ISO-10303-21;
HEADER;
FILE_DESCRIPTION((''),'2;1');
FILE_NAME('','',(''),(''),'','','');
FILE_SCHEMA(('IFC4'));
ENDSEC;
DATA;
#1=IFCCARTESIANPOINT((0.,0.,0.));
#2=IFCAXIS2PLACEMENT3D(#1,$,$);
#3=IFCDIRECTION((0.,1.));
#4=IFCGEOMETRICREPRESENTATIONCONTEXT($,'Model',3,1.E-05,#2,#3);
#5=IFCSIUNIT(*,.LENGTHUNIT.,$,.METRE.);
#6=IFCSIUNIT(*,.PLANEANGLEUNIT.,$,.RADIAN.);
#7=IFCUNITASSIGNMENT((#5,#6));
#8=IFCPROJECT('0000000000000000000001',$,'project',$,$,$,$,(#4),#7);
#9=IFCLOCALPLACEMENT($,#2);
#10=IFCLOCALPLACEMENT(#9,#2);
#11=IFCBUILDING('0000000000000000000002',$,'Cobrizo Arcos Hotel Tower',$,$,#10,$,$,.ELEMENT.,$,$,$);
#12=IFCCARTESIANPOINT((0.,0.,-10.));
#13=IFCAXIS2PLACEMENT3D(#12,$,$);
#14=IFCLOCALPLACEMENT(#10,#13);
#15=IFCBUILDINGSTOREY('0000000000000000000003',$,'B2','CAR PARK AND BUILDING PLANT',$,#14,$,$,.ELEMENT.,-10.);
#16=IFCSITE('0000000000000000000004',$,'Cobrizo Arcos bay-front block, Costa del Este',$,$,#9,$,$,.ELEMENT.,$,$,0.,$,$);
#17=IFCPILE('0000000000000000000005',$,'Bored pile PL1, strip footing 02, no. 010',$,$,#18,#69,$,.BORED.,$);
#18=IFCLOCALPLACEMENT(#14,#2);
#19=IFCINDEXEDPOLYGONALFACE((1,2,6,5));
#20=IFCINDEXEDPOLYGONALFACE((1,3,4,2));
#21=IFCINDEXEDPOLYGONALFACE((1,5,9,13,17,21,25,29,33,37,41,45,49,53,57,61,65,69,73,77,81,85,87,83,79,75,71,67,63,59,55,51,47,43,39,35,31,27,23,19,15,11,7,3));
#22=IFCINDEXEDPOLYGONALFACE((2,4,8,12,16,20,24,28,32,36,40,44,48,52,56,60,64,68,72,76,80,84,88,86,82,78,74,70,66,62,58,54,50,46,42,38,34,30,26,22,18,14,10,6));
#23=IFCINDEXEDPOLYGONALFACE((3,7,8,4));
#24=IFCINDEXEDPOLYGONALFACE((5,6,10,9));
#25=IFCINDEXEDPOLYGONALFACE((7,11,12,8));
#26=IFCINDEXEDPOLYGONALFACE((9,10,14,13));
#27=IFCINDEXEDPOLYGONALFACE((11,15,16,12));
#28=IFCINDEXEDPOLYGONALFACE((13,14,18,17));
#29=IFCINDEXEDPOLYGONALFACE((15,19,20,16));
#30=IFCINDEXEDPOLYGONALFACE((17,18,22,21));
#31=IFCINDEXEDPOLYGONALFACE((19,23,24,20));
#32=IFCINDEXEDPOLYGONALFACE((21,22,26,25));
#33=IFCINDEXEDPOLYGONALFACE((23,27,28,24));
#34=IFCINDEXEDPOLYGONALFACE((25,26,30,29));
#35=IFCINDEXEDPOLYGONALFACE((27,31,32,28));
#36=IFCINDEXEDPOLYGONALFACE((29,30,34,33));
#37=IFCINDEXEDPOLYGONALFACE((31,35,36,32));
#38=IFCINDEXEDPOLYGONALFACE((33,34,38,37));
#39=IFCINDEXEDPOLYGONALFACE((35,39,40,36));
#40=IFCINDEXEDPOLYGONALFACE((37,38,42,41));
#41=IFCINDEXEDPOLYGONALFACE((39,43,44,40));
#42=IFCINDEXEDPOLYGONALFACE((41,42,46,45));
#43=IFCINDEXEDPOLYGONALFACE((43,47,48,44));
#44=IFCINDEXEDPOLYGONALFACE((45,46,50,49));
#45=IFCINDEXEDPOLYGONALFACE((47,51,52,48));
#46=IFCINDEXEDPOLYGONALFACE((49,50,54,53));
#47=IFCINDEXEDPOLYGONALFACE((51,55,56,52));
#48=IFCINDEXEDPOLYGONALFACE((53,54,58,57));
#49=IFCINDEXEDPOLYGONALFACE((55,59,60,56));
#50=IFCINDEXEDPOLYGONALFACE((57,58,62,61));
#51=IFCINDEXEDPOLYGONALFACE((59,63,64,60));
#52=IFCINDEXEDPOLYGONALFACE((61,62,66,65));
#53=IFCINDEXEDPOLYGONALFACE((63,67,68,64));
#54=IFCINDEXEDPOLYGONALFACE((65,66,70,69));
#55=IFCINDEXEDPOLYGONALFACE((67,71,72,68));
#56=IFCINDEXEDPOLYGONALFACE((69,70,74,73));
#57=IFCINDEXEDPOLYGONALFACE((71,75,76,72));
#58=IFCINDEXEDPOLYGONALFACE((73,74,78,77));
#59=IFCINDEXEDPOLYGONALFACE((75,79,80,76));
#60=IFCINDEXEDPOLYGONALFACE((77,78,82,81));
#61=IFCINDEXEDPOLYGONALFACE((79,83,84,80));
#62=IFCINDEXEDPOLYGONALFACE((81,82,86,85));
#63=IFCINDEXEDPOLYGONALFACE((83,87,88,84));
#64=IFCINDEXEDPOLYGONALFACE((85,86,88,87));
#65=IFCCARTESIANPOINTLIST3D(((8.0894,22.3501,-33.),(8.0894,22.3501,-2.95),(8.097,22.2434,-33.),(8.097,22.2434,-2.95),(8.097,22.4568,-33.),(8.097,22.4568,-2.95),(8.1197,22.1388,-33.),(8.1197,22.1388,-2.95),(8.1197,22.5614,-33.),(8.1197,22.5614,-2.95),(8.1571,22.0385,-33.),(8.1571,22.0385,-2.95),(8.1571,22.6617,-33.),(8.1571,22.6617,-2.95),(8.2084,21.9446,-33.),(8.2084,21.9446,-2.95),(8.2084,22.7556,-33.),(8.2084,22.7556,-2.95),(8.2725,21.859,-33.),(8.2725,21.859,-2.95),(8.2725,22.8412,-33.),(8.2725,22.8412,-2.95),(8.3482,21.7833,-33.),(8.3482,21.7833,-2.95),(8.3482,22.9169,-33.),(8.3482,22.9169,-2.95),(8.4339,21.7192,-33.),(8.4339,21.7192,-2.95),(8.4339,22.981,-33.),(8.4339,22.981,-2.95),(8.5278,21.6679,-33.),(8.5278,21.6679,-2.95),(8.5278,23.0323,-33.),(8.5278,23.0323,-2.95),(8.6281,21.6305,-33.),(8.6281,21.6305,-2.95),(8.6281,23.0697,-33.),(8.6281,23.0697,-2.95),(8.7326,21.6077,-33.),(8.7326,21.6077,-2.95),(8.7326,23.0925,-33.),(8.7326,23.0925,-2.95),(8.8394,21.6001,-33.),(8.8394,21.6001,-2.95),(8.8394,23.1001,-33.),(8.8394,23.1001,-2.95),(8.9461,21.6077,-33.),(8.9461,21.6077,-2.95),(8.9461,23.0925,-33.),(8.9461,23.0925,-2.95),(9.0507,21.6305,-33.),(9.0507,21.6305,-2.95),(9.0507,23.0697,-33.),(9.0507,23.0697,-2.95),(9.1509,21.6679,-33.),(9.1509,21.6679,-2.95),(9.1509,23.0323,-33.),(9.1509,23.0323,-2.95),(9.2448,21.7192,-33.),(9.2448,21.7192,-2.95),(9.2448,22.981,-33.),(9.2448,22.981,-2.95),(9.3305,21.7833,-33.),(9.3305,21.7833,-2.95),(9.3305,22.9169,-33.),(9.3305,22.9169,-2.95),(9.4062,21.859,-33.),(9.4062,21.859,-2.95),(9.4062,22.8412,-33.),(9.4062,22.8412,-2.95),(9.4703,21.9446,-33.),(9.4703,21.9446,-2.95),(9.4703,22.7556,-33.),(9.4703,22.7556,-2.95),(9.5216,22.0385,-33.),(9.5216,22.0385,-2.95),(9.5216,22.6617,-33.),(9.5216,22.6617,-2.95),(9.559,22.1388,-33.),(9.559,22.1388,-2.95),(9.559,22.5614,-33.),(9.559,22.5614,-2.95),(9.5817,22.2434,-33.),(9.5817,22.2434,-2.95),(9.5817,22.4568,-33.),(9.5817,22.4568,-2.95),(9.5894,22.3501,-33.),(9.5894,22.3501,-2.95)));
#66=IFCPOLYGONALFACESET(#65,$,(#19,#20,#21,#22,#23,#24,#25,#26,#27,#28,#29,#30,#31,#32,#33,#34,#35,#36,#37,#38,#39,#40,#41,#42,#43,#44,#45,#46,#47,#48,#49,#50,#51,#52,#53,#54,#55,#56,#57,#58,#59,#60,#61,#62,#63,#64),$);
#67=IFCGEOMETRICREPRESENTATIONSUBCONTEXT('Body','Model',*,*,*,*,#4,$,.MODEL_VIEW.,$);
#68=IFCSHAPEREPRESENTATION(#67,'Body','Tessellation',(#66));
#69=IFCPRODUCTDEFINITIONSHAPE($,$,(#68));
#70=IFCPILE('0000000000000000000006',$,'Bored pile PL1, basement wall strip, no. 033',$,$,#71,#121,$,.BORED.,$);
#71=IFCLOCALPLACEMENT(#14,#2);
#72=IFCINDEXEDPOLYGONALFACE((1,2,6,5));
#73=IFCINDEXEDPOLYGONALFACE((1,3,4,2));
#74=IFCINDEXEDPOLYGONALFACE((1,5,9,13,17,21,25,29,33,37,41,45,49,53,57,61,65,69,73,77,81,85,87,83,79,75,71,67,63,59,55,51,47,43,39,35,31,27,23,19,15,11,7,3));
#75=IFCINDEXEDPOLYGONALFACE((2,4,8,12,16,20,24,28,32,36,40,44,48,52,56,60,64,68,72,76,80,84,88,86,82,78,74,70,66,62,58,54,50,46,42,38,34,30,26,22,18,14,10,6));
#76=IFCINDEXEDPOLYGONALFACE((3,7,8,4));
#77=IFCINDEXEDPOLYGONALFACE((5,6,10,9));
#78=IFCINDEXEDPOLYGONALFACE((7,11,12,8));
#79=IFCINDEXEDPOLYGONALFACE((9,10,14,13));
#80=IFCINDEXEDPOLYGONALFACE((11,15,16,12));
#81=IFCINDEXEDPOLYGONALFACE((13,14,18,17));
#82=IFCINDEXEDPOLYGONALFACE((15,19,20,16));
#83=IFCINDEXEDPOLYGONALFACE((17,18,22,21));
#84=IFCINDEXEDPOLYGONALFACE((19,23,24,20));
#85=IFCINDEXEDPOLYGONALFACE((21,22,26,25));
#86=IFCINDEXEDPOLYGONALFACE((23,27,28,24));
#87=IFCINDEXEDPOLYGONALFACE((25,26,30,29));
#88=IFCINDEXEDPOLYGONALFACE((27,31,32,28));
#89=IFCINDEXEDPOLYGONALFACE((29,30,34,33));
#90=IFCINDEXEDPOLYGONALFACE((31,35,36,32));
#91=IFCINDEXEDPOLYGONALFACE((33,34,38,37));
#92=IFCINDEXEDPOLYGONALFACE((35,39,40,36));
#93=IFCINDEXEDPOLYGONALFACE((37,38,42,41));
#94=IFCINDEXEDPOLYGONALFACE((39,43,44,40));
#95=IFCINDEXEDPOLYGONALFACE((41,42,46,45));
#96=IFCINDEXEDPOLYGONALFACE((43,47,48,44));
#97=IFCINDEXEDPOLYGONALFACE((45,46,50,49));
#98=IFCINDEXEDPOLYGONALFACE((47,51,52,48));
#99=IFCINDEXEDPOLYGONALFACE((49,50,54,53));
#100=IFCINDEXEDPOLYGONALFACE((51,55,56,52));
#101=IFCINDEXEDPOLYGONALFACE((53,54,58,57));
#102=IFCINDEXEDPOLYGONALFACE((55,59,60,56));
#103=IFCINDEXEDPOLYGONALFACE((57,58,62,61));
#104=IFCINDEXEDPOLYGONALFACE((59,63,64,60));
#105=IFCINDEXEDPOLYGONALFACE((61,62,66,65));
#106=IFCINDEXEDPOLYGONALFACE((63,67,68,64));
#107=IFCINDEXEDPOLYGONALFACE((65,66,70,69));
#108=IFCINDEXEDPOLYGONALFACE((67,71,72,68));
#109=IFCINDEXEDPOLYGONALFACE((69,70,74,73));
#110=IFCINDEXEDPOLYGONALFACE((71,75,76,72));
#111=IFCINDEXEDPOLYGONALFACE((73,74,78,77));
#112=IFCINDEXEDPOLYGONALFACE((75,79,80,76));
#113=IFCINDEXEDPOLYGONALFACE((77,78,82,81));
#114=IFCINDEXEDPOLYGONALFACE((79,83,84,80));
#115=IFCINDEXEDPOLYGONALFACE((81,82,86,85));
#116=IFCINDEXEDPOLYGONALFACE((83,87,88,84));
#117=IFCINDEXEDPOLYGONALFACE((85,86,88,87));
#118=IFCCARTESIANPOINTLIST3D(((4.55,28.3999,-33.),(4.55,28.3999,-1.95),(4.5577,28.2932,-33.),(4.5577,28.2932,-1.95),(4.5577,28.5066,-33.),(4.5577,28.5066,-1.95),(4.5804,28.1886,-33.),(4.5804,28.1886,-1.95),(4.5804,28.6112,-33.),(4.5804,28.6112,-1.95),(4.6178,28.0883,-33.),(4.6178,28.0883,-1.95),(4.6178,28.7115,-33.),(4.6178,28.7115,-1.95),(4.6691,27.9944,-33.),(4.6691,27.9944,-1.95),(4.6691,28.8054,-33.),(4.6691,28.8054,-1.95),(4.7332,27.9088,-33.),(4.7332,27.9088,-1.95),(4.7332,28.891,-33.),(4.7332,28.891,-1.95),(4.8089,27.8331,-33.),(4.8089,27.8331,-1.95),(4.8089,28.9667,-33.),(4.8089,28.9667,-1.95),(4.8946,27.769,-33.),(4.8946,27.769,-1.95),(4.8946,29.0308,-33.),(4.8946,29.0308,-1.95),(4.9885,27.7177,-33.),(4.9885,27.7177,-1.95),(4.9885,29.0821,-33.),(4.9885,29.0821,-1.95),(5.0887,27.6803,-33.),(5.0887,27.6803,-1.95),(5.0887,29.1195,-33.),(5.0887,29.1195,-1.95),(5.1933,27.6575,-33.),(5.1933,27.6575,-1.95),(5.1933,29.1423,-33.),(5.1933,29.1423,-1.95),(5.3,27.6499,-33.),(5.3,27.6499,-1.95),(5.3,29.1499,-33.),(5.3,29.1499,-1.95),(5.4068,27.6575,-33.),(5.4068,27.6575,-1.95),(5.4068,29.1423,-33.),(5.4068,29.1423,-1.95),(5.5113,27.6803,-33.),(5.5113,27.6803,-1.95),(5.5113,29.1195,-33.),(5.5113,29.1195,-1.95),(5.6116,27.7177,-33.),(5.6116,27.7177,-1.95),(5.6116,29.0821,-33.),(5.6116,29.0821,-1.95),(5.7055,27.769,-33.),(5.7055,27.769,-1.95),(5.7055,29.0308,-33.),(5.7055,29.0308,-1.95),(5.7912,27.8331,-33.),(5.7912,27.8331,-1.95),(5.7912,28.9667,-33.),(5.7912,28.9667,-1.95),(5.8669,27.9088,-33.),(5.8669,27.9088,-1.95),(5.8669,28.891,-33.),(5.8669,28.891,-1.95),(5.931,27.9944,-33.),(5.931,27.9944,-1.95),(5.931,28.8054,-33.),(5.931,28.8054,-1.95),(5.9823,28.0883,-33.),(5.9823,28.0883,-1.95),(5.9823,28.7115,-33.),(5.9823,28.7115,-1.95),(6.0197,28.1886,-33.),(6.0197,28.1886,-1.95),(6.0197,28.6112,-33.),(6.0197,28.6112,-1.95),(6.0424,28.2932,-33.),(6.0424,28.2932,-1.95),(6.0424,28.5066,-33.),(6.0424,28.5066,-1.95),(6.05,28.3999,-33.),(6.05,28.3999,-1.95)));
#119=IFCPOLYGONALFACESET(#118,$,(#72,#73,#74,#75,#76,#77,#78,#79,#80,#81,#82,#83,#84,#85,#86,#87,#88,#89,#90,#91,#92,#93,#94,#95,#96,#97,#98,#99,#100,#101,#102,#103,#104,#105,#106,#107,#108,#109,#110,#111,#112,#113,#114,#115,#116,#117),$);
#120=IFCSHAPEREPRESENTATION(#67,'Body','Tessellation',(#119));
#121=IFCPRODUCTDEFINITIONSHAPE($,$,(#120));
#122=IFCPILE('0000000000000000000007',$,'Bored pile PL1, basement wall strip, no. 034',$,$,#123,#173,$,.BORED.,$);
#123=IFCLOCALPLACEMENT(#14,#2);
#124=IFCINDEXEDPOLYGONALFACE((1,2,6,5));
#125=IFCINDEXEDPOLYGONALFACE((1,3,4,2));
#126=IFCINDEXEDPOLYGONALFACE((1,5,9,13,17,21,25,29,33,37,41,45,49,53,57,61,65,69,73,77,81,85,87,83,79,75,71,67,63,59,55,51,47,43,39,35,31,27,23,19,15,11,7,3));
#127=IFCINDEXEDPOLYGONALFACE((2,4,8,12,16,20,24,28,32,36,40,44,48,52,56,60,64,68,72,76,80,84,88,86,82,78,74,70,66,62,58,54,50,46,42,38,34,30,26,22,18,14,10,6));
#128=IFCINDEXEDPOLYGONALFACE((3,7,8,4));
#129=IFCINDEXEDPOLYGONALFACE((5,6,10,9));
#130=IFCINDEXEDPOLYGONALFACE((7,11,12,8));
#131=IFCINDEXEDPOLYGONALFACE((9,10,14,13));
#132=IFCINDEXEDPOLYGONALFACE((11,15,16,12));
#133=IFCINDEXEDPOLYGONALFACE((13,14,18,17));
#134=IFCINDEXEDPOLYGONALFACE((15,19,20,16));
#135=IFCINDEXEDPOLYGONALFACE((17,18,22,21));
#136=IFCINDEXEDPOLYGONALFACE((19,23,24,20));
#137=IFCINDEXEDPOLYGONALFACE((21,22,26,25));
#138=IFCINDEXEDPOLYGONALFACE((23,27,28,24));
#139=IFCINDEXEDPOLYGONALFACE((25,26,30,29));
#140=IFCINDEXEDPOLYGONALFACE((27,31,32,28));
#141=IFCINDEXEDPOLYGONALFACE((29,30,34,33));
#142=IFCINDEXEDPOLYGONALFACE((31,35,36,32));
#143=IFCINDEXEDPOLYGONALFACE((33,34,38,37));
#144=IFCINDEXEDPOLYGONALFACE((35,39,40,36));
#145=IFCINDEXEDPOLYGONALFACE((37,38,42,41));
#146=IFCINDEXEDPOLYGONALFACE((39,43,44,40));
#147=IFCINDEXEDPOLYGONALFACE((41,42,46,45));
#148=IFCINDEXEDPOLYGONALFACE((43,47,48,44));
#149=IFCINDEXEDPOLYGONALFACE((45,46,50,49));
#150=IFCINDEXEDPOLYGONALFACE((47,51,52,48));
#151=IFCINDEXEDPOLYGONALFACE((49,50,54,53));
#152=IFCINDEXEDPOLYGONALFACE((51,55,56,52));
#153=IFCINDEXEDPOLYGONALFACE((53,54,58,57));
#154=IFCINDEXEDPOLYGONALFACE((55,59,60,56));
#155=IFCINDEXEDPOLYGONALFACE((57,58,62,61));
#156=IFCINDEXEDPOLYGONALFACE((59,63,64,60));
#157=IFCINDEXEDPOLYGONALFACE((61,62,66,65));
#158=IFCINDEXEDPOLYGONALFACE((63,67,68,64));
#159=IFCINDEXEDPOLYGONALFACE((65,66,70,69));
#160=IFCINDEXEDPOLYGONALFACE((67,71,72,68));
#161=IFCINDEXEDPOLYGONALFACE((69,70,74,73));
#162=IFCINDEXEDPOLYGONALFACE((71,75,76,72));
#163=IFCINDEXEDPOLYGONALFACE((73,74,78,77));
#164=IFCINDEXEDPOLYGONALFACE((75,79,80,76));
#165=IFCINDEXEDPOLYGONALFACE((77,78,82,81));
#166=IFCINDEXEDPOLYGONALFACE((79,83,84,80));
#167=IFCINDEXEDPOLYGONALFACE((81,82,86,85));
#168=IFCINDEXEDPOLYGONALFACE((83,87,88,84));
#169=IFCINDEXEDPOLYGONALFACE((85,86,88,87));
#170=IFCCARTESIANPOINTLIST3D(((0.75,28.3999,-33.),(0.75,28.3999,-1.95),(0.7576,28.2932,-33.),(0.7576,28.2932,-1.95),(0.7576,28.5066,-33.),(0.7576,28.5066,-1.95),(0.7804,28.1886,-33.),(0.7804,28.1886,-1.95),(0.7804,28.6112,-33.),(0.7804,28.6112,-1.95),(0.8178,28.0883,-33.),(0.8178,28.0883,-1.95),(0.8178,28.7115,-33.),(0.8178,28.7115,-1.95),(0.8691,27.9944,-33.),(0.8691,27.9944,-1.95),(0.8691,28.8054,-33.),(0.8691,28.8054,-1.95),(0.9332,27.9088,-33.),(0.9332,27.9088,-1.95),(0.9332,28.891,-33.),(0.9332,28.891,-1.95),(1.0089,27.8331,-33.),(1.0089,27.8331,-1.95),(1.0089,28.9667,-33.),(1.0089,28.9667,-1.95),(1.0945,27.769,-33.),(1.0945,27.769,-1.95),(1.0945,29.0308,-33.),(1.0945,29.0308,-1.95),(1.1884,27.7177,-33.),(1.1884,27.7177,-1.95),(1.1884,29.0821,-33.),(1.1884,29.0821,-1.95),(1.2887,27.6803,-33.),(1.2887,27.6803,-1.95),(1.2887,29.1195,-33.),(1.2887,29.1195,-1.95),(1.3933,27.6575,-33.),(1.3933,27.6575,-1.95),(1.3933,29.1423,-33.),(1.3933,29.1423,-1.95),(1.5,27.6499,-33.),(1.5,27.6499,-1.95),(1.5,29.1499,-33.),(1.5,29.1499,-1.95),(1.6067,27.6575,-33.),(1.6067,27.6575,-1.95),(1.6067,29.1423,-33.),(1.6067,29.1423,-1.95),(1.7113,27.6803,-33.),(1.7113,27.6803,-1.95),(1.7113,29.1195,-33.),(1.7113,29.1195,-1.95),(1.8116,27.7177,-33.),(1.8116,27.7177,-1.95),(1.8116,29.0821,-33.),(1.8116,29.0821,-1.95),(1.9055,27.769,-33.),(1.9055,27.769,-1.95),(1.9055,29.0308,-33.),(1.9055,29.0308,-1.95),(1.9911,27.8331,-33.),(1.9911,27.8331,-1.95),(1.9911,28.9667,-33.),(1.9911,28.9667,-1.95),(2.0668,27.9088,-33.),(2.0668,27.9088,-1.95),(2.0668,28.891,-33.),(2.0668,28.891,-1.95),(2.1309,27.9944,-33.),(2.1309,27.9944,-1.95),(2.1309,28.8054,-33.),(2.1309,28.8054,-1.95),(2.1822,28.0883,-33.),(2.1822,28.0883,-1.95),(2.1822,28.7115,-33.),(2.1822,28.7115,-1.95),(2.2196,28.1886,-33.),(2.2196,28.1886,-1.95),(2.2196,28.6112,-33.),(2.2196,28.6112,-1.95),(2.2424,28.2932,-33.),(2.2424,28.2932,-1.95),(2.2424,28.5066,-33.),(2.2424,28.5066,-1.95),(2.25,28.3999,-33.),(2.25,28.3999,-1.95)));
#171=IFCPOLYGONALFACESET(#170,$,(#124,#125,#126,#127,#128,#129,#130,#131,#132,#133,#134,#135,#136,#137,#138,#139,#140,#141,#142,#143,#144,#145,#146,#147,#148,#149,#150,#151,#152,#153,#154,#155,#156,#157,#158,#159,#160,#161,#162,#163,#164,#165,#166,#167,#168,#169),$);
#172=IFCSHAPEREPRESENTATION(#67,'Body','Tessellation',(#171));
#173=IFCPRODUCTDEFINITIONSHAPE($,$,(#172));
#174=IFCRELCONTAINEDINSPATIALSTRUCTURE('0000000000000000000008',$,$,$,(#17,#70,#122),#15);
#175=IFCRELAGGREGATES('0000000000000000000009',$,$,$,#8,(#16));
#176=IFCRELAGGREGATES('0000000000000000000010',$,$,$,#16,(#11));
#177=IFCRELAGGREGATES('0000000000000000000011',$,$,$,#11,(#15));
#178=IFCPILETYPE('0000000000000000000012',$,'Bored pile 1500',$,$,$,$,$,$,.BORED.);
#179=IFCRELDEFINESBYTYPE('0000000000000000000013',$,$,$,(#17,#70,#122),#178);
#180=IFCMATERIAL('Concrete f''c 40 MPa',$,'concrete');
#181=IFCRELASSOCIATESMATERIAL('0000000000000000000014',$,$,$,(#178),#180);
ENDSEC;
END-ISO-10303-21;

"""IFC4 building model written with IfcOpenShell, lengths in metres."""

from ifc_helpers import new_model, si_unit, direction, frame, origin, origin_2d, place, context, subcontext, project, spatial, circle, extrude, material, material_profile, profile_set, type_object, element, save


model = new_model("IFC4")

# Units and contexts
model_context = context("Model", 3, precision=1e-05, world=origin(), true_north=direction((0.0, 1.0)))
body_context = subcontext(model_context, "Body", "Model", "MODEL_VIEW")
ifc_project = project(units=[si_unit("LENGTHUNIT", "METRE"), si_unit("PLANEANGLEUNIT", "RADIAN")], contexts=[model_context])

# Site, building, storey
site_placement = place(None, origin())
site = spatial("IfcSite", under=ifc_project, at=site_placement, Name="Cobrizo Arcos bay-front block, Costa del Este", CompositionType="ELEMENT", RefElevation=0.0)
building_placement = place(site_placement, origin())
building = spatial("IfcBuilding", under=site, at=building_placement, Name="Cobrizo Arcos Hotel Tower", CompositionType="ELEMENT")
storey_placement = place(building_placement, frame((0.0, 0.0, -10.0)))
storey = spatial("IfcBuildingStorey", under=building, at=storey_placement, Name="B2", Description="CAR PARK AND BUILDING PLANT", CompositionType="ELEMENT", Elevation=-10.0)

# Piles
ifc_material_1 = material(Name="Concrete f'c 40 MPa", Category="concrete")
ifc_material_profile_1 = material_profile(ifc_material_1, circle(Radius=0.75, at=origin_2d()), Name="BORED PILE 1500")
ifc_profile_set_1 = profile_set([ifc_material_profile_1], Name="Concrete f'c 40 MPa")
pile_type = type_object("IfcPileType", Name="Bored pile 1500", PredefinedType="BORED", material=ifc_profile_set_1)
for number, where, z_axis, x_axis, name in (
    (1, (8.8394, 22.3501, -2.95), (0.0, 0.0, -1.0), (1.0, 0.0, 0.0), "Bored pile PL1, strip footing 02, no. 010"),
):
    element("IfcPile", number, at=place(storey_placement, frame(where, z_axis=z_axis, x_axis=x_axis)), inside=storey, type_object=pile_type, Name=name, PredefinedType="BORED", context=body_context, shape_type="SweptSolid", body=[
        extrude(circle(Radius=0.75, at=origin_2d()), origin(), (0.0, 0.0, 1.0), 30.05),
    ])
for number, where, z_axis, x_axis, name in (
    (2, (5.3, 28.3999, -1.95), (0.0, 0.0, -1.0), (1.0, 0.0, 0.0), "Bored pile PL1, basement wall strip, no. 033"),
    (3, (1.5, 28.3999, -1.95), (0.0, 0.0, -1.0), (1.0, 0.0, 0.0), "Bored pile PL1, basement wall strip, no. 034"),
):
    element("IfcPile", number, at=place(storey_placement, frame(where, z_axis=z_axis, x_axis=x_axis)), inside=storey, type_object=pile_type, Name=name, PredefinedType="BORED", context=body_context, shape_type="SweptSolid", body=[
        extrude(circle(Radius=0.75, at=origin_2d()), origin(), (0.0, 0.0, 1.0), 31.05),
    ])

save(model, "model.ifc")
